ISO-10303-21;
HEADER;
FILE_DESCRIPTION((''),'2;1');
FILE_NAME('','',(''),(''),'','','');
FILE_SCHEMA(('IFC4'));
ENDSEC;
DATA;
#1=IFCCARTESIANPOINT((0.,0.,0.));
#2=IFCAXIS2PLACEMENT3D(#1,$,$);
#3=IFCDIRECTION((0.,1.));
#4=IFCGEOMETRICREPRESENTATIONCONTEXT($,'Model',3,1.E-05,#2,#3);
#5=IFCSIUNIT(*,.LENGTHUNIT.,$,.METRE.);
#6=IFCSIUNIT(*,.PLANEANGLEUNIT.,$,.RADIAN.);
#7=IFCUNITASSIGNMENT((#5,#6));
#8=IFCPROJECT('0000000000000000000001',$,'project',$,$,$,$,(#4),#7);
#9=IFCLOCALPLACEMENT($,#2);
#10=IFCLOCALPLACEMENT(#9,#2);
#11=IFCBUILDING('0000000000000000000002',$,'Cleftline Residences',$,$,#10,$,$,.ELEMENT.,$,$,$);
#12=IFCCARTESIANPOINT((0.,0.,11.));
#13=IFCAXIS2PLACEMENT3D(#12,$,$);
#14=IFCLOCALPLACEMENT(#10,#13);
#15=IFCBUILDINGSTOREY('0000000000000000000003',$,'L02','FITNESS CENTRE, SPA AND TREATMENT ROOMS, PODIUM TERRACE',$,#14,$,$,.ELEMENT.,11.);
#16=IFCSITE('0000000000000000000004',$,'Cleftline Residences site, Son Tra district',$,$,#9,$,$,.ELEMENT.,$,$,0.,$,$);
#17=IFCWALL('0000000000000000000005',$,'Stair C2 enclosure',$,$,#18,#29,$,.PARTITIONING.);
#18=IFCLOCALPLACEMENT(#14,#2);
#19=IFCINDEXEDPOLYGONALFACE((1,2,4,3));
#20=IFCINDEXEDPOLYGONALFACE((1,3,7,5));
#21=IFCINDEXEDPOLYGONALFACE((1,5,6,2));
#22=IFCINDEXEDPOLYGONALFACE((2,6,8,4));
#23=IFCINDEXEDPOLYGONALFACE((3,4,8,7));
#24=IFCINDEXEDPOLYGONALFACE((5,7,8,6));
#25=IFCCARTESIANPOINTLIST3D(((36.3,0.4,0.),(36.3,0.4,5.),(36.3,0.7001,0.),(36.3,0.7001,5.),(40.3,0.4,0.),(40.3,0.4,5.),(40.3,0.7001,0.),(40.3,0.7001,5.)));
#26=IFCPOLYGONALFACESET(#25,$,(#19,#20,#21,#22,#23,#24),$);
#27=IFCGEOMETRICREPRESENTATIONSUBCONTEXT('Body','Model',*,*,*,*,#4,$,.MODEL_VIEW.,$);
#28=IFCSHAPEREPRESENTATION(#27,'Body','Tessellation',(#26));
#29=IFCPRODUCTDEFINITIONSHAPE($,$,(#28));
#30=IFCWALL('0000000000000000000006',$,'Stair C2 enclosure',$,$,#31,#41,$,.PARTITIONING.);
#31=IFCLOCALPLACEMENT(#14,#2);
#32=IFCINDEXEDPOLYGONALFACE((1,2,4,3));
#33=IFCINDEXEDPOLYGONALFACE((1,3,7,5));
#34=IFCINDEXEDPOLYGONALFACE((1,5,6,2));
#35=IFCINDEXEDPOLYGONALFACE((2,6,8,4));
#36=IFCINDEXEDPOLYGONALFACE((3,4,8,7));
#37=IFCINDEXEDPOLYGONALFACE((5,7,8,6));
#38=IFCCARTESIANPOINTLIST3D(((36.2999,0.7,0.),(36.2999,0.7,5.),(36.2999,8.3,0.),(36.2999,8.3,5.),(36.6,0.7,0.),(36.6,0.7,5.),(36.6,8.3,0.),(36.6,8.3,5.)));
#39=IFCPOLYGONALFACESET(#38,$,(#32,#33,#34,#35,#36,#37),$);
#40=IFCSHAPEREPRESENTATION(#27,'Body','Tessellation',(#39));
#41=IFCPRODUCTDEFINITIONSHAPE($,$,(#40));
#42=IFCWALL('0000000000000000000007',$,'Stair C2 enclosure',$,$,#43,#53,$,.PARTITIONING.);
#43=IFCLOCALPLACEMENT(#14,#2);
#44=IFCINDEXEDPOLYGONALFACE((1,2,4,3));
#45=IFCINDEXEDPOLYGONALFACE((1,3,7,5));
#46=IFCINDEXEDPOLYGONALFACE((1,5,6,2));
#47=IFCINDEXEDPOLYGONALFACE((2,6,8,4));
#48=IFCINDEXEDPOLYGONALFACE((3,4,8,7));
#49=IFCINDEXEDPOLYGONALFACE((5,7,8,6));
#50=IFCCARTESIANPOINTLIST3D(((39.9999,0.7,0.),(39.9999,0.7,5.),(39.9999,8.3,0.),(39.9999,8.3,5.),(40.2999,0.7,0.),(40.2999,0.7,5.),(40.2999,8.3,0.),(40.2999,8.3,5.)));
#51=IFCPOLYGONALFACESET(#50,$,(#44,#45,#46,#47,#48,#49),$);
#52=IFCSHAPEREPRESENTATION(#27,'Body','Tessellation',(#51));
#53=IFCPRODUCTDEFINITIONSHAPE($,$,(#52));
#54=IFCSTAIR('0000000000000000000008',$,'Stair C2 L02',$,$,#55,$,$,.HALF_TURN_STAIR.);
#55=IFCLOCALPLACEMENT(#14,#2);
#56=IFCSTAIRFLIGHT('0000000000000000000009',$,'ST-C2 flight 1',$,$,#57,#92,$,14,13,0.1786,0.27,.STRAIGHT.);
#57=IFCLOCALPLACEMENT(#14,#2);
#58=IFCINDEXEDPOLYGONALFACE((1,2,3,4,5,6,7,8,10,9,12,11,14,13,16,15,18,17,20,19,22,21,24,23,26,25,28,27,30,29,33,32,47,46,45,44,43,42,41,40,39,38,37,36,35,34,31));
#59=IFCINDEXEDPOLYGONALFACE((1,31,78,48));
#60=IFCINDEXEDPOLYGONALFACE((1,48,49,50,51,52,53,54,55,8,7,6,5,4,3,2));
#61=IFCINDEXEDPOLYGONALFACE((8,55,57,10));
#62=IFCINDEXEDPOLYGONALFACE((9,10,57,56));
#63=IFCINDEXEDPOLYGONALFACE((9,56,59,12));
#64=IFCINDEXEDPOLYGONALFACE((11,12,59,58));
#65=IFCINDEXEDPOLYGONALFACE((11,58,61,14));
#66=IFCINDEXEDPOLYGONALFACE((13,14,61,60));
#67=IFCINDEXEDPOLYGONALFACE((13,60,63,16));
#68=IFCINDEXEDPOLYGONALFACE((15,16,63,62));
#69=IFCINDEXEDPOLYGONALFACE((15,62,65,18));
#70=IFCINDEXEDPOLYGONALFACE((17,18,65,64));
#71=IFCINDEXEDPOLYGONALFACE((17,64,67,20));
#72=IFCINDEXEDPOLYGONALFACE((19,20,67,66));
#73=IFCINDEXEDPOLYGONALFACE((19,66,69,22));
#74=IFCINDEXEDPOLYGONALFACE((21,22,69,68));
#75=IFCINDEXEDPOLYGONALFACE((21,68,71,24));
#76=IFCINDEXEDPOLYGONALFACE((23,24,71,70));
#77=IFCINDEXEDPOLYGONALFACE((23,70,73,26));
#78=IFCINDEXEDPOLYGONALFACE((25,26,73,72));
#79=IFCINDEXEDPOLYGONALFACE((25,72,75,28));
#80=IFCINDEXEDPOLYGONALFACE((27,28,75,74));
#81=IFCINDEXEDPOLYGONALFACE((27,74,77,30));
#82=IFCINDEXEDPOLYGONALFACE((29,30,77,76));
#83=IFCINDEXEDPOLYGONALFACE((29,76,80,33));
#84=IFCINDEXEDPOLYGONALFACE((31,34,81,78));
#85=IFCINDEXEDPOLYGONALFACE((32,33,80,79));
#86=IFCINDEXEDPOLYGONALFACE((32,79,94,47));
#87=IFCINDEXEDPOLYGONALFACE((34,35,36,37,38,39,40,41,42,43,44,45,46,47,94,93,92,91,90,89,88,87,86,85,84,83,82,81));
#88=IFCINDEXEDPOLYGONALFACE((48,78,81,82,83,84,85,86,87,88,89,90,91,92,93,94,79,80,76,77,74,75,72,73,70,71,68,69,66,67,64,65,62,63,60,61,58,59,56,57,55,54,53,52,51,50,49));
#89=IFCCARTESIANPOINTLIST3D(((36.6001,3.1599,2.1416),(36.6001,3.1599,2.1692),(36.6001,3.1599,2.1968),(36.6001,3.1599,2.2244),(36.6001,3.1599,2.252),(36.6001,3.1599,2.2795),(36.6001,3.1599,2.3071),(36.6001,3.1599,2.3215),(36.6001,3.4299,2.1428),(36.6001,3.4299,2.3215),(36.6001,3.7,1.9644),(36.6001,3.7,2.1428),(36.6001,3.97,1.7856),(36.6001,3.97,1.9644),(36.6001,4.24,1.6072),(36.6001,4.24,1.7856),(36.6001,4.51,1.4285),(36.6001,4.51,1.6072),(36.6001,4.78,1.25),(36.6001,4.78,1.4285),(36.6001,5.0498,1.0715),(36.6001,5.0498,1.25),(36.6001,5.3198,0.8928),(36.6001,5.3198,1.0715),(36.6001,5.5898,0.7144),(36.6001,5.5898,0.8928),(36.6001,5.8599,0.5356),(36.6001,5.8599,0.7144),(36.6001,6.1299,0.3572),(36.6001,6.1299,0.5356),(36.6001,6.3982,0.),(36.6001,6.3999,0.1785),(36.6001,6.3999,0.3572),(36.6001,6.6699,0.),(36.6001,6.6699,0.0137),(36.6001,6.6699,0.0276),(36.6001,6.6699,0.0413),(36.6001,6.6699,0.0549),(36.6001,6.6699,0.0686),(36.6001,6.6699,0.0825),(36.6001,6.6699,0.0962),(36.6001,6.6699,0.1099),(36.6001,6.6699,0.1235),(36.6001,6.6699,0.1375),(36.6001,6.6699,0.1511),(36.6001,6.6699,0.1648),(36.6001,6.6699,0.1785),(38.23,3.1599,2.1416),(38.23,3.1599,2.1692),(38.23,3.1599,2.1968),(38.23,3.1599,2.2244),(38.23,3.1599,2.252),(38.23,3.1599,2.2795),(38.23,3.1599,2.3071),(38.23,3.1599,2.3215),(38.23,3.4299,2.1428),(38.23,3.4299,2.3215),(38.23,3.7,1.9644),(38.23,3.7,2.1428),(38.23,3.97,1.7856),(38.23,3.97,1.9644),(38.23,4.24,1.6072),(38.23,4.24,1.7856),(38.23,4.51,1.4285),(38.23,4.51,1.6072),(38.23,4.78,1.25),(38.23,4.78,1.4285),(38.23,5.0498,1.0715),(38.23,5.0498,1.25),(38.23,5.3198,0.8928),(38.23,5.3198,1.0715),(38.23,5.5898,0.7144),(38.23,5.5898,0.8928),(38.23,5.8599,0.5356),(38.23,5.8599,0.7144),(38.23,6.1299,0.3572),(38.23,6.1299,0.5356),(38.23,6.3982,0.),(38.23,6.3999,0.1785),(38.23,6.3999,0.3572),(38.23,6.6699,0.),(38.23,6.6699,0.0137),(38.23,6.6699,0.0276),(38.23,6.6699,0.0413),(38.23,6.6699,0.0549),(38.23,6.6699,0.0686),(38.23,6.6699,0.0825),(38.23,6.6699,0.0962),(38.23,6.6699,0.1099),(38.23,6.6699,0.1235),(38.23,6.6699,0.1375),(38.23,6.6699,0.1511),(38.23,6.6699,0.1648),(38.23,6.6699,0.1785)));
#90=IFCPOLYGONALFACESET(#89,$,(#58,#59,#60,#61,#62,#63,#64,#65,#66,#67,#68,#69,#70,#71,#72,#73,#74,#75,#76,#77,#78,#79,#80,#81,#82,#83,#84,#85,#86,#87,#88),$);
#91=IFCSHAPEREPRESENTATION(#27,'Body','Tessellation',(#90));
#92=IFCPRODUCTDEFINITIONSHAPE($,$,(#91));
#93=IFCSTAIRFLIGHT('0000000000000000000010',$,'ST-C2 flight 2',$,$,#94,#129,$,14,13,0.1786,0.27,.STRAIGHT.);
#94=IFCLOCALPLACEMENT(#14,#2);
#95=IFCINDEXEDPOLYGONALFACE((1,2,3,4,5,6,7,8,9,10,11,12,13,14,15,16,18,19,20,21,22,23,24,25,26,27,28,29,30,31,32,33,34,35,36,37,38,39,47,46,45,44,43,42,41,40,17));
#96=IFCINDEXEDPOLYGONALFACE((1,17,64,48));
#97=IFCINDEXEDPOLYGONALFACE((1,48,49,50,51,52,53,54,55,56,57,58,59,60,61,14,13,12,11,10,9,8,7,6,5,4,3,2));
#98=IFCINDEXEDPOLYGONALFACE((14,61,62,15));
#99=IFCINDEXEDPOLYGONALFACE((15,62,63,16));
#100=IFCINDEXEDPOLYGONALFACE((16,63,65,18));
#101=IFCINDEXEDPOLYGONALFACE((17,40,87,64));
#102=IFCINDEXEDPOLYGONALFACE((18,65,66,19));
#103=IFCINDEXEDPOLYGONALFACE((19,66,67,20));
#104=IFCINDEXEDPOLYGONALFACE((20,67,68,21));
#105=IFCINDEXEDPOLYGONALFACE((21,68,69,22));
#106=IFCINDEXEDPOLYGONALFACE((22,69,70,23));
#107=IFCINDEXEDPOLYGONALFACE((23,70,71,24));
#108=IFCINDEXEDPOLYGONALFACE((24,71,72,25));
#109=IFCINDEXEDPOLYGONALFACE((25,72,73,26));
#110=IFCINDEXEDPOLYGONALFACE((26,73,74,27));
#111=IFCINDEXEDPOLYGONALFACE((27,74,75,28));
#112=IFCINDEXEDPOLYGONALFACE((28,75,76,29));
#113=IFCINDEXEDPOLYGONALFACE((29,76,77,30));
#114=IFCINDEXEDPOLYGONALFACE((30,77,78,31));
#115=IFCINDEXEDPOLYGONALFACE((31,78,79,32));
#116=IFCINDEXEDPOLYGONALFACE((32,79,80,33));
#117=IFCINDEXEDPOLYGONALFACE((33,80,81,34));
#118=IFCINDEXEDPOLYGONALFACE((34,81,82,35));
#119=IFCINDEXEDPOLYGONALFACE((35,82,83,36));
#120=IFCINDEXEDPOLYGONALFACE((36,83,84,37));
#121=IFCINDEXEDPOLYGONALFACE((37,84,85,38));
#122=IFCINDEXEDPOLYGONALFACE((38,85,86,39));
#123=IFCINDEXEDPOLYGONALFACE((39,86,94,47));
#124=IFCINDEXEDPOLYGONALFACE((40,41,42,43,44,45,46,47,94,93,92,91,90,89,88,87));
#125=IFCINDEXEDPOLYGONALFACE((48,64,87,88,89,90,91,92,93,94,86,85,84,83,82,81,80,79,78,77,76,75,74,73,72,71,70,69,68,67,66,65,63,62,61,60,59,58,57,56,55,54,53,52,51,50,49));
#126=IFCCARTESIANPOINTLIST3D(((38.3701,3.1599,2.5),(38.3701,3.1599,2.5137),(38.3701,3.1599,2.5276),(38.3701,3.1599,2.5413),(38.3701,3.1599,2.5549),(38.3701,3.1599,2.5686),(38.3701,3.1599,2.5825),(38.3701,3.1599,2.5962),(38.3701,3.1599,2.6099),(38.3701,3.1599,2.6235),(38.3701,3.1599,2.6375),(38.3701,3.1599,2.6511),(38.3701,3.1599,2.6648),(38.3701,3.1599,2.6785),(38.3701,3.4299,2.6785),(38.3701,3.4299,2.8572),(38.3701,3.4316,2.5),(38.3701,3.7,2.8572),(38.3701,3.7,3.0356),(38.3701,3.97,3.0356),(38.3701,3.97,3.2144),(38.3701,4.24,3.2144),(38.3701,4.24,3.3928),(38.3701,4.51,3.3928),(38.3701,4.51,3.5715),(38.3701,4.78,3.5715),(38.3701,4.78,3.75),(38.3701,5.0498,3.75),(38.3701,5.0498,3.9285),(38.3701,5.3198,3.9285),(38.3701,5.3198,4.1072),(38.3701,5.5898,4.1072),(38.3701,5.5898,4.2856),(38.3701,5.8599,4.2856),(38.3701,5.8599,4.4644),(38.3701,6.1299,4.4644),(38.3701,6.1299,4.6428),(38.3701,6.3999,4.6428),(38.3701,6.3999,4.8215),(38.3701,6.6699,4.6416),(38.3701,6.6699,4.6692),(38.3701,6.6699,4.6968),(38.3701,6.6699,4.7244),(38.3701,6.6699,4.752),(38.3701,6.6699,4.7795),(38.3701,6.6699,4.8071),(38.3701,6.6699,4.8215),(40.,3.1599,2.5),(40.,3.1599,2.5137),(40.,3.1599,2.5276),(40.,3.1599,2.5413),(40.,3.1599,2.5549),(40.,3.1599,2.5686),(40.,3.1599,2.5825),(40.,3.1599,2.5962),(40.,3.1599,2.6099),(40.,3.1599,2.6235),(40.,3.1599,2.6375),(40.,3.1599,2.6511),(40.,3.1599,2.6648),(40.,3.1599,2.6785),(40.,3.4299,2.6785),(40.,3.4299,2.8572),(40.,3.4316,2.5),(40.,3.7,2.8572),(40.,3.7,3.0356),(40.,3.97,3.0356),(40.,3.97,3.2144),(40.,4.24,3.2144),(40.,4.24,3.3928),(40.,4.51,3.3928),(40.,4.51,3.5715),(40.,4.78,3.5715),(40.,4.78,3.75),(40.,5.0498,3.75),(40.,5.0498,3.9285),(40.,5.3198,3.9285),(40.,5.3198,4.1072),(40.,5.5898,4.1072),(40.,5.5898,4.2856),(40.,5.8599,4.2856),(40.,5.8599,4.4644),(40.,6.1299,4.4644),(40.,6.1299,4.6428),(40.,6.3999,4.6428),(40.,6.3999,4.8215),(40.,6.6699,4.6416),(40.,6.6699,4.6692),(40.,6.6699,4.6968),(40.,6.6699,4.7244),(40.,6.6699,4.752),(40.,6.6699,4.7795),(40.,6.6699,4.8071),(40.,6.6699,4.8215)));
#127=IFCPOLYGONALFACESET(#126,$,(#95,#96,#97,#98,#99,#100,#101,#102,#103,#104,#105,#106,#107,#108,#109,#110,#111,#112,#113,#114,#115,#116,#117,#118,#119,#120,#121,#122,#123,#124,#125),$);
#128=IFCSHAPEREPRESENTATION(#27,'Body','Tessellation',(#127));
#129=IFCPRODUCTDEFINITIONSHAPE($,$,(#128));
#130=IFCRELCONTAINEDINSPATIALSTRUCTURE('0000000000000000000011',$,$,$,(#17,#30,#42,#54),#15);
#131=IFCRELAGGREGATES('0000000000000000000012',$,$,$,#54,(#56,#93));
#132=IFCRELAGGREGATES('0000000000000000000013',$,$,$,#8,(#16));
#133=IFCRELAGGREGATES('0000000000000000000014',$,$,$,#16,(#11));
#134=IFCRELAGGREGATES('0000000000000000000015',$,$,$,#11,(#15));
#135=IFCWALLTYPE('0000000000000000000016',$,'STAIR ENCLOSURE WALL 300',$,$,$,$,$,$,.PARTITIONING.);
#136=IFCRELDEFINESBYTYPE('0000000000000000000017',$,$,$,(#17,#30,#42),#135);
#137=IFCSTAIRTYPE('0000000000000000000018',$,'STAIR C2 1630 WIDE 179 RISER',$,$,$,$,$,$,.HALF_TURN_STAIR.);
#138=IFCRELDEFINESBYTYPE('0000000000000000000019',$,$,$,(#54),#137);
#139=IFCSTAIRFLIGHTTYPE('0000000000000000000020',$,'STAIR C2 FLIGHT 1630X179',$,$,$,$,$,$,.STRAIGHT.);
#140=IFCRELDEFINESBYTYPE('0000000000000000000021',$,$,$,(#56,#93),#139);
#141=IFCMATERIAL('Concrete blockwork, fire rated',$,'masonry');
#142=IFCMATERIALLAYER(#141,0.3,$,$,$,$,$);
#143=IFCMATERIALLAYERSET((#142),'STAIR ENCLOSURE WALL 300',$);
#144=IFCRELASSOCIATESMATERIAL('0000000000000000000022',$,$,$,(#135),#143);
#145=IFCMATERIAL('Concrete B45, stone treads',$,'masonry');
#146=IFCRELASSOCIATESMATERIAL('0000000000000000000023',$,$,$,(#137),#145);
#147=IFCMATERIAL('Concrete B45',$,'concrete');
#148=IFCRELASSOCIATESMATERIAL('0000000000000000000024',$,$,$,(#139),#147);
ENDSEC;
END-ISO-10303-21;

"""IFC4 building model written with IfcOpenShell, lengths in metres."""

from ifc_helpers import new_model, si_unit, direction, frame, frame_2d, origin, place, context, subcontext, project, spatial, polyline, rectangle, outline, extrude, material, layer, layer_set, type_object, element, aggregate, save


model = new_model("IFC4")

# Units and contexts
model_context = context("Model", 3, precision=1e-05, world=origin(), true_north=direction((0.0, 1.0)))
body_context = subcontext(model_context, "Body", "Model", "MODEL_VIEW")
ifc_project = project(units=[si_unit("LENGTHUNIT", "METRE"), si_unit("PLANEANGLEUNIT", "RADIAN")], contexts=[model_context])

# Site, building, storey
site_placement = place(None, origin())
site = spatial("IfcSite", under=ifc_project, at=site_placement, Name="Cleftline Residences site, Son Tra district", CompositionType="ELEMENT", RefElevation=0.0)
building_placement = place(site_placement, origin())
building = spatial("IfcBuilding", under=site, at=building_placement, Name="Cleftline Residences", CompositionType="ELEMENT")
storey_placement = place(building_placement, frame((0.0, 0.0, 11.0)))
storey = spatial("IfcBuildingStorey", under=building, at=storey_placement, Name="L02", Description="FITNESS CENTRE, SPA AND TREATMENT ROOMS, PODIUM TERRACE", CompositionType="ELEMENT", Elevation=11.0)

# Walls
ifc_material_1 = material(Name="Concrete blockwork, fire rated", Category="masonry")
ifc_layer_1 = layer(ifc_material_1, 0.3)
ifc_layer_set_1 = layer_set([ifc_layer_1], Name="STAIR ENCLOSURE WALL 300")
wall_type_1 = type_object("IfcWallType", Name="STAIR ENCLOSURE WALL 300", PredefinedType="PARTITIONING", material=ifc_layer_set_1)
wall_1_placement = place(storey_placement, frame((36.3, 0.55, 0.0), z_axis=(0.0, 0.0, 1.0), x_axis=(1.0, 0.0, 0.0)))
element("IfcWall", 1, at=wall_1_placement, inside=storey, type_object=wall_type_1, Name="Stair C2 enclosure", PredefinedType="PARTITIONING", context=body_context, shape_type="SweptSolid", body=[
    extrude(rectangle(XDim=4.0, YDim=0.3, at=frame_2d((2.0, 0.0))), origin(), (0.0, 0.0, 1.0), 5.0),
])
for number, where, z_axis, x_axis, name in (
    (2, (36.45, 0.7, 0.0), (0.0, 0.0, 1.0), (0.0, 1.0, 0.0), "Stair C2 enclosure"),
    (3, (40.1499, 0.7, 0.0), (0.0, 0.0, 1.0), (0.0, 1.0, 0.0), "Stair C2 enclosure"),
):
    element("IfcWall", number, at=place(storey_placement, frame(where, z_axis=z_axis, x_axis=x_axis)), inside=storey, type_object=wall_type_1, Name=name, PredefinedType="PARTITIONING", context=body_context, shape_type="SweptSolid", body=[
        extrude(rectangle(XDim=7.6001, YDim=0.3, at=frame_2d((3.8, 0.0))), origin(), (0.0, 0.0, 1.0), 5.0),
    ])

# Stair, stair flights
ifc_material_2 = material(Name="Concrete B45, stone treads", Category="masonry")
stair_type = type_object("IfcStairType", Name="STAIR C2 1630 WIDE 179 RISER", PredefinedType="HALF_TURN_STAIR", material=ifc_material_2)
stair_placement = place(storey_placement, origin())
stair = element("IfcStair", 4, at=stair_placement, inside=storey, type_object=stair_type, Name="Stair C2 L02", PredefinedType="HALF_TURN_STAIR")
ifc_material_3 = material(Name="Concrete B45", Category="concrete")
stair_flight_type = type_object("IfcStairFlightType", Name="STAIR C2 FLIGHT 1630X179", PredefinedType="STRAIGHT", material=ifc_material_3)
stair_flight_1_placement = place(storey_placement, frame((37.415, 6.6699, 0.0), z_axis=(0.0, 0.0, 1.0), x_axis=(0.0, -1.0, 0.0)))
stair_flight_1 = element("IfcStairFlight", 5, at=stair_flight_1_placement, type_object=stair_flight_type, Name="ST-C2 flight 1", NumberOfRisers=14, NumberOfTreads=13, PredefinedType="STRAIGHT", RiserHeight=0.1786, TreadLength=0.27, context=body_context, shape_type="SweptSolid", body=[
    extrude(outline(polyline([(0.0, 0.0), (0.0, 0.0137), (0.0, 0.0276), (0.0, 0.0413), (0.0, 0.0549), (0.0, 0.0686), (0.0, 0.0825), (0.0, 0.0962), (0.0, 0.1099), (0.0, 0.1235), (0.0, 0.1375), (0.0, 0.1511), (0.0, 0.1648), (0.0, 0.1785), (0.27, 0.1785), (0.27, 0.3572), (0.54, 0.3572), (0.54, 0.5356), (0.8101, 0.5356), (0.8101, 0.7144), (1.0801, 0.7144), (1.0801, 0.8928), (1.3501, 0.8928), (1.3501, 1.0715), (1.6201, 1.0715), (1.6201, 1.25), (1.8899, 1.25), (1.8899, 1.4285), (2.1599, 1.4285), (2.1599, 1.6072), (2.4299, 1.6072), (2.4299, 1.7856), (2.7, 1.7856), (2.7, 1.9644), (2.97, 1.9644), (2.97, 2.1428), (3.24, 2.1428), (3.24, 2.3215), (3.51, 2.3215), (3.51, 2.5), (3.51, 2.4724), (3.51, 2.4448), (3.51, 2.4172), (3.51, 2.3896), (3.51, 2.3623), (3.51, 2.3347), (3.51, 2.3071), (3.51, 2.2795), (3.51, 2.252), (3.51, 2.2244), (3.51, 2.1968), (3.51, 2.1692), (3.51, 2.1416), (0.2717, 0.0), (0.0, 0.0)])), frame((0.0, 0.8149, 0.0), z_axis=(0.0, -1.0, 0.0), x_axis=(1.0, 0.0, 0.0)), (0.0, 0.0, 1.0), 1.6299),
])
stair_flight_2_placement = place(storey_placement, frame((39.1851, 3.1599, 2.5), z_axis=(0.0, 0.0, 1.0), x_axis=(0.0, 1.0, 0.0)))
stair_flight_2 = element("IfcStairFlight", 6, at=stair_flight_2_placement, type_object=stair_flight_type, Name="ST-C2 flight 2", NumberOfRisers=14, NumberOfTreads=13, PredefinedType="STRAIGHT", RiserHeight=0.1786, TreadLength=0.27, context=body_context, shape_type="SweptSolid", body=[
    extrude(outline(polyline([(0.0, 0.0), (0.0, 0.0137), (0.0, 0.0276), (0.0, 0.0413), (0.0, 0.0549), (0.0, 0.0686), (0.0, 0.0825), (0.0, 0.0962), (0.0, 0.1099), (0.0, 0.1235), (0.0, 0.1375), (0.0, 0.1511), (0.0, 0.1648), (0.0, 0.1785), (0.27, 0.1785), (0.27, 0.3572), (0.54, 0.3572), (0.54, 0.5356), (0.8101, 0.5356), (0.8101, 0.7144), (1.0801, 0.7144), (1.0801, 0.8928), (1.3501, 0.8928), (1.3501, 1.0715), (1.6201, 1.0715), (1.6201, 1.25), (1.8899, 1.25), (1.8899, 1.4285), (2.1599, 1.4285), (2.1599, 1.6072), (2.4299, 1.6072), (2.4299, 1.7856), (2.7, 1.7856), (2.7, 1.9644), (2.97, 1.9644), (2.97, 2.1428), (3.24, 2.1428), (3.24, 2.3215), (3.51, 2.3215), (3.51, 2.5), (3.51, 2.4724), (3.51, 2.4448), (3.51, 2.4172), (3.51, 2.3896), (3.51, 2.3623), (3.51, 2.3347), (3.51, 2.3071), (3.51, 2.2795), (3.51, 2.252), (3.51, 2.2244), (3.51, 2.1968), (3.51, 2.1692), (3.51, 2.1416), (0.2717, 0.0), (0.0, 0.0)])), frame((0.0, 0.8149, 0.0), z_axis=(0.0, -1.0, 0.0), x_axis=(1.0, 0.0, 0.0)), (0.0, 0.0, 1.0), 1.6299),
])
aggregate(stair, [stair_flight_1, stair_flight_2])

save(model, "model.ifc")
